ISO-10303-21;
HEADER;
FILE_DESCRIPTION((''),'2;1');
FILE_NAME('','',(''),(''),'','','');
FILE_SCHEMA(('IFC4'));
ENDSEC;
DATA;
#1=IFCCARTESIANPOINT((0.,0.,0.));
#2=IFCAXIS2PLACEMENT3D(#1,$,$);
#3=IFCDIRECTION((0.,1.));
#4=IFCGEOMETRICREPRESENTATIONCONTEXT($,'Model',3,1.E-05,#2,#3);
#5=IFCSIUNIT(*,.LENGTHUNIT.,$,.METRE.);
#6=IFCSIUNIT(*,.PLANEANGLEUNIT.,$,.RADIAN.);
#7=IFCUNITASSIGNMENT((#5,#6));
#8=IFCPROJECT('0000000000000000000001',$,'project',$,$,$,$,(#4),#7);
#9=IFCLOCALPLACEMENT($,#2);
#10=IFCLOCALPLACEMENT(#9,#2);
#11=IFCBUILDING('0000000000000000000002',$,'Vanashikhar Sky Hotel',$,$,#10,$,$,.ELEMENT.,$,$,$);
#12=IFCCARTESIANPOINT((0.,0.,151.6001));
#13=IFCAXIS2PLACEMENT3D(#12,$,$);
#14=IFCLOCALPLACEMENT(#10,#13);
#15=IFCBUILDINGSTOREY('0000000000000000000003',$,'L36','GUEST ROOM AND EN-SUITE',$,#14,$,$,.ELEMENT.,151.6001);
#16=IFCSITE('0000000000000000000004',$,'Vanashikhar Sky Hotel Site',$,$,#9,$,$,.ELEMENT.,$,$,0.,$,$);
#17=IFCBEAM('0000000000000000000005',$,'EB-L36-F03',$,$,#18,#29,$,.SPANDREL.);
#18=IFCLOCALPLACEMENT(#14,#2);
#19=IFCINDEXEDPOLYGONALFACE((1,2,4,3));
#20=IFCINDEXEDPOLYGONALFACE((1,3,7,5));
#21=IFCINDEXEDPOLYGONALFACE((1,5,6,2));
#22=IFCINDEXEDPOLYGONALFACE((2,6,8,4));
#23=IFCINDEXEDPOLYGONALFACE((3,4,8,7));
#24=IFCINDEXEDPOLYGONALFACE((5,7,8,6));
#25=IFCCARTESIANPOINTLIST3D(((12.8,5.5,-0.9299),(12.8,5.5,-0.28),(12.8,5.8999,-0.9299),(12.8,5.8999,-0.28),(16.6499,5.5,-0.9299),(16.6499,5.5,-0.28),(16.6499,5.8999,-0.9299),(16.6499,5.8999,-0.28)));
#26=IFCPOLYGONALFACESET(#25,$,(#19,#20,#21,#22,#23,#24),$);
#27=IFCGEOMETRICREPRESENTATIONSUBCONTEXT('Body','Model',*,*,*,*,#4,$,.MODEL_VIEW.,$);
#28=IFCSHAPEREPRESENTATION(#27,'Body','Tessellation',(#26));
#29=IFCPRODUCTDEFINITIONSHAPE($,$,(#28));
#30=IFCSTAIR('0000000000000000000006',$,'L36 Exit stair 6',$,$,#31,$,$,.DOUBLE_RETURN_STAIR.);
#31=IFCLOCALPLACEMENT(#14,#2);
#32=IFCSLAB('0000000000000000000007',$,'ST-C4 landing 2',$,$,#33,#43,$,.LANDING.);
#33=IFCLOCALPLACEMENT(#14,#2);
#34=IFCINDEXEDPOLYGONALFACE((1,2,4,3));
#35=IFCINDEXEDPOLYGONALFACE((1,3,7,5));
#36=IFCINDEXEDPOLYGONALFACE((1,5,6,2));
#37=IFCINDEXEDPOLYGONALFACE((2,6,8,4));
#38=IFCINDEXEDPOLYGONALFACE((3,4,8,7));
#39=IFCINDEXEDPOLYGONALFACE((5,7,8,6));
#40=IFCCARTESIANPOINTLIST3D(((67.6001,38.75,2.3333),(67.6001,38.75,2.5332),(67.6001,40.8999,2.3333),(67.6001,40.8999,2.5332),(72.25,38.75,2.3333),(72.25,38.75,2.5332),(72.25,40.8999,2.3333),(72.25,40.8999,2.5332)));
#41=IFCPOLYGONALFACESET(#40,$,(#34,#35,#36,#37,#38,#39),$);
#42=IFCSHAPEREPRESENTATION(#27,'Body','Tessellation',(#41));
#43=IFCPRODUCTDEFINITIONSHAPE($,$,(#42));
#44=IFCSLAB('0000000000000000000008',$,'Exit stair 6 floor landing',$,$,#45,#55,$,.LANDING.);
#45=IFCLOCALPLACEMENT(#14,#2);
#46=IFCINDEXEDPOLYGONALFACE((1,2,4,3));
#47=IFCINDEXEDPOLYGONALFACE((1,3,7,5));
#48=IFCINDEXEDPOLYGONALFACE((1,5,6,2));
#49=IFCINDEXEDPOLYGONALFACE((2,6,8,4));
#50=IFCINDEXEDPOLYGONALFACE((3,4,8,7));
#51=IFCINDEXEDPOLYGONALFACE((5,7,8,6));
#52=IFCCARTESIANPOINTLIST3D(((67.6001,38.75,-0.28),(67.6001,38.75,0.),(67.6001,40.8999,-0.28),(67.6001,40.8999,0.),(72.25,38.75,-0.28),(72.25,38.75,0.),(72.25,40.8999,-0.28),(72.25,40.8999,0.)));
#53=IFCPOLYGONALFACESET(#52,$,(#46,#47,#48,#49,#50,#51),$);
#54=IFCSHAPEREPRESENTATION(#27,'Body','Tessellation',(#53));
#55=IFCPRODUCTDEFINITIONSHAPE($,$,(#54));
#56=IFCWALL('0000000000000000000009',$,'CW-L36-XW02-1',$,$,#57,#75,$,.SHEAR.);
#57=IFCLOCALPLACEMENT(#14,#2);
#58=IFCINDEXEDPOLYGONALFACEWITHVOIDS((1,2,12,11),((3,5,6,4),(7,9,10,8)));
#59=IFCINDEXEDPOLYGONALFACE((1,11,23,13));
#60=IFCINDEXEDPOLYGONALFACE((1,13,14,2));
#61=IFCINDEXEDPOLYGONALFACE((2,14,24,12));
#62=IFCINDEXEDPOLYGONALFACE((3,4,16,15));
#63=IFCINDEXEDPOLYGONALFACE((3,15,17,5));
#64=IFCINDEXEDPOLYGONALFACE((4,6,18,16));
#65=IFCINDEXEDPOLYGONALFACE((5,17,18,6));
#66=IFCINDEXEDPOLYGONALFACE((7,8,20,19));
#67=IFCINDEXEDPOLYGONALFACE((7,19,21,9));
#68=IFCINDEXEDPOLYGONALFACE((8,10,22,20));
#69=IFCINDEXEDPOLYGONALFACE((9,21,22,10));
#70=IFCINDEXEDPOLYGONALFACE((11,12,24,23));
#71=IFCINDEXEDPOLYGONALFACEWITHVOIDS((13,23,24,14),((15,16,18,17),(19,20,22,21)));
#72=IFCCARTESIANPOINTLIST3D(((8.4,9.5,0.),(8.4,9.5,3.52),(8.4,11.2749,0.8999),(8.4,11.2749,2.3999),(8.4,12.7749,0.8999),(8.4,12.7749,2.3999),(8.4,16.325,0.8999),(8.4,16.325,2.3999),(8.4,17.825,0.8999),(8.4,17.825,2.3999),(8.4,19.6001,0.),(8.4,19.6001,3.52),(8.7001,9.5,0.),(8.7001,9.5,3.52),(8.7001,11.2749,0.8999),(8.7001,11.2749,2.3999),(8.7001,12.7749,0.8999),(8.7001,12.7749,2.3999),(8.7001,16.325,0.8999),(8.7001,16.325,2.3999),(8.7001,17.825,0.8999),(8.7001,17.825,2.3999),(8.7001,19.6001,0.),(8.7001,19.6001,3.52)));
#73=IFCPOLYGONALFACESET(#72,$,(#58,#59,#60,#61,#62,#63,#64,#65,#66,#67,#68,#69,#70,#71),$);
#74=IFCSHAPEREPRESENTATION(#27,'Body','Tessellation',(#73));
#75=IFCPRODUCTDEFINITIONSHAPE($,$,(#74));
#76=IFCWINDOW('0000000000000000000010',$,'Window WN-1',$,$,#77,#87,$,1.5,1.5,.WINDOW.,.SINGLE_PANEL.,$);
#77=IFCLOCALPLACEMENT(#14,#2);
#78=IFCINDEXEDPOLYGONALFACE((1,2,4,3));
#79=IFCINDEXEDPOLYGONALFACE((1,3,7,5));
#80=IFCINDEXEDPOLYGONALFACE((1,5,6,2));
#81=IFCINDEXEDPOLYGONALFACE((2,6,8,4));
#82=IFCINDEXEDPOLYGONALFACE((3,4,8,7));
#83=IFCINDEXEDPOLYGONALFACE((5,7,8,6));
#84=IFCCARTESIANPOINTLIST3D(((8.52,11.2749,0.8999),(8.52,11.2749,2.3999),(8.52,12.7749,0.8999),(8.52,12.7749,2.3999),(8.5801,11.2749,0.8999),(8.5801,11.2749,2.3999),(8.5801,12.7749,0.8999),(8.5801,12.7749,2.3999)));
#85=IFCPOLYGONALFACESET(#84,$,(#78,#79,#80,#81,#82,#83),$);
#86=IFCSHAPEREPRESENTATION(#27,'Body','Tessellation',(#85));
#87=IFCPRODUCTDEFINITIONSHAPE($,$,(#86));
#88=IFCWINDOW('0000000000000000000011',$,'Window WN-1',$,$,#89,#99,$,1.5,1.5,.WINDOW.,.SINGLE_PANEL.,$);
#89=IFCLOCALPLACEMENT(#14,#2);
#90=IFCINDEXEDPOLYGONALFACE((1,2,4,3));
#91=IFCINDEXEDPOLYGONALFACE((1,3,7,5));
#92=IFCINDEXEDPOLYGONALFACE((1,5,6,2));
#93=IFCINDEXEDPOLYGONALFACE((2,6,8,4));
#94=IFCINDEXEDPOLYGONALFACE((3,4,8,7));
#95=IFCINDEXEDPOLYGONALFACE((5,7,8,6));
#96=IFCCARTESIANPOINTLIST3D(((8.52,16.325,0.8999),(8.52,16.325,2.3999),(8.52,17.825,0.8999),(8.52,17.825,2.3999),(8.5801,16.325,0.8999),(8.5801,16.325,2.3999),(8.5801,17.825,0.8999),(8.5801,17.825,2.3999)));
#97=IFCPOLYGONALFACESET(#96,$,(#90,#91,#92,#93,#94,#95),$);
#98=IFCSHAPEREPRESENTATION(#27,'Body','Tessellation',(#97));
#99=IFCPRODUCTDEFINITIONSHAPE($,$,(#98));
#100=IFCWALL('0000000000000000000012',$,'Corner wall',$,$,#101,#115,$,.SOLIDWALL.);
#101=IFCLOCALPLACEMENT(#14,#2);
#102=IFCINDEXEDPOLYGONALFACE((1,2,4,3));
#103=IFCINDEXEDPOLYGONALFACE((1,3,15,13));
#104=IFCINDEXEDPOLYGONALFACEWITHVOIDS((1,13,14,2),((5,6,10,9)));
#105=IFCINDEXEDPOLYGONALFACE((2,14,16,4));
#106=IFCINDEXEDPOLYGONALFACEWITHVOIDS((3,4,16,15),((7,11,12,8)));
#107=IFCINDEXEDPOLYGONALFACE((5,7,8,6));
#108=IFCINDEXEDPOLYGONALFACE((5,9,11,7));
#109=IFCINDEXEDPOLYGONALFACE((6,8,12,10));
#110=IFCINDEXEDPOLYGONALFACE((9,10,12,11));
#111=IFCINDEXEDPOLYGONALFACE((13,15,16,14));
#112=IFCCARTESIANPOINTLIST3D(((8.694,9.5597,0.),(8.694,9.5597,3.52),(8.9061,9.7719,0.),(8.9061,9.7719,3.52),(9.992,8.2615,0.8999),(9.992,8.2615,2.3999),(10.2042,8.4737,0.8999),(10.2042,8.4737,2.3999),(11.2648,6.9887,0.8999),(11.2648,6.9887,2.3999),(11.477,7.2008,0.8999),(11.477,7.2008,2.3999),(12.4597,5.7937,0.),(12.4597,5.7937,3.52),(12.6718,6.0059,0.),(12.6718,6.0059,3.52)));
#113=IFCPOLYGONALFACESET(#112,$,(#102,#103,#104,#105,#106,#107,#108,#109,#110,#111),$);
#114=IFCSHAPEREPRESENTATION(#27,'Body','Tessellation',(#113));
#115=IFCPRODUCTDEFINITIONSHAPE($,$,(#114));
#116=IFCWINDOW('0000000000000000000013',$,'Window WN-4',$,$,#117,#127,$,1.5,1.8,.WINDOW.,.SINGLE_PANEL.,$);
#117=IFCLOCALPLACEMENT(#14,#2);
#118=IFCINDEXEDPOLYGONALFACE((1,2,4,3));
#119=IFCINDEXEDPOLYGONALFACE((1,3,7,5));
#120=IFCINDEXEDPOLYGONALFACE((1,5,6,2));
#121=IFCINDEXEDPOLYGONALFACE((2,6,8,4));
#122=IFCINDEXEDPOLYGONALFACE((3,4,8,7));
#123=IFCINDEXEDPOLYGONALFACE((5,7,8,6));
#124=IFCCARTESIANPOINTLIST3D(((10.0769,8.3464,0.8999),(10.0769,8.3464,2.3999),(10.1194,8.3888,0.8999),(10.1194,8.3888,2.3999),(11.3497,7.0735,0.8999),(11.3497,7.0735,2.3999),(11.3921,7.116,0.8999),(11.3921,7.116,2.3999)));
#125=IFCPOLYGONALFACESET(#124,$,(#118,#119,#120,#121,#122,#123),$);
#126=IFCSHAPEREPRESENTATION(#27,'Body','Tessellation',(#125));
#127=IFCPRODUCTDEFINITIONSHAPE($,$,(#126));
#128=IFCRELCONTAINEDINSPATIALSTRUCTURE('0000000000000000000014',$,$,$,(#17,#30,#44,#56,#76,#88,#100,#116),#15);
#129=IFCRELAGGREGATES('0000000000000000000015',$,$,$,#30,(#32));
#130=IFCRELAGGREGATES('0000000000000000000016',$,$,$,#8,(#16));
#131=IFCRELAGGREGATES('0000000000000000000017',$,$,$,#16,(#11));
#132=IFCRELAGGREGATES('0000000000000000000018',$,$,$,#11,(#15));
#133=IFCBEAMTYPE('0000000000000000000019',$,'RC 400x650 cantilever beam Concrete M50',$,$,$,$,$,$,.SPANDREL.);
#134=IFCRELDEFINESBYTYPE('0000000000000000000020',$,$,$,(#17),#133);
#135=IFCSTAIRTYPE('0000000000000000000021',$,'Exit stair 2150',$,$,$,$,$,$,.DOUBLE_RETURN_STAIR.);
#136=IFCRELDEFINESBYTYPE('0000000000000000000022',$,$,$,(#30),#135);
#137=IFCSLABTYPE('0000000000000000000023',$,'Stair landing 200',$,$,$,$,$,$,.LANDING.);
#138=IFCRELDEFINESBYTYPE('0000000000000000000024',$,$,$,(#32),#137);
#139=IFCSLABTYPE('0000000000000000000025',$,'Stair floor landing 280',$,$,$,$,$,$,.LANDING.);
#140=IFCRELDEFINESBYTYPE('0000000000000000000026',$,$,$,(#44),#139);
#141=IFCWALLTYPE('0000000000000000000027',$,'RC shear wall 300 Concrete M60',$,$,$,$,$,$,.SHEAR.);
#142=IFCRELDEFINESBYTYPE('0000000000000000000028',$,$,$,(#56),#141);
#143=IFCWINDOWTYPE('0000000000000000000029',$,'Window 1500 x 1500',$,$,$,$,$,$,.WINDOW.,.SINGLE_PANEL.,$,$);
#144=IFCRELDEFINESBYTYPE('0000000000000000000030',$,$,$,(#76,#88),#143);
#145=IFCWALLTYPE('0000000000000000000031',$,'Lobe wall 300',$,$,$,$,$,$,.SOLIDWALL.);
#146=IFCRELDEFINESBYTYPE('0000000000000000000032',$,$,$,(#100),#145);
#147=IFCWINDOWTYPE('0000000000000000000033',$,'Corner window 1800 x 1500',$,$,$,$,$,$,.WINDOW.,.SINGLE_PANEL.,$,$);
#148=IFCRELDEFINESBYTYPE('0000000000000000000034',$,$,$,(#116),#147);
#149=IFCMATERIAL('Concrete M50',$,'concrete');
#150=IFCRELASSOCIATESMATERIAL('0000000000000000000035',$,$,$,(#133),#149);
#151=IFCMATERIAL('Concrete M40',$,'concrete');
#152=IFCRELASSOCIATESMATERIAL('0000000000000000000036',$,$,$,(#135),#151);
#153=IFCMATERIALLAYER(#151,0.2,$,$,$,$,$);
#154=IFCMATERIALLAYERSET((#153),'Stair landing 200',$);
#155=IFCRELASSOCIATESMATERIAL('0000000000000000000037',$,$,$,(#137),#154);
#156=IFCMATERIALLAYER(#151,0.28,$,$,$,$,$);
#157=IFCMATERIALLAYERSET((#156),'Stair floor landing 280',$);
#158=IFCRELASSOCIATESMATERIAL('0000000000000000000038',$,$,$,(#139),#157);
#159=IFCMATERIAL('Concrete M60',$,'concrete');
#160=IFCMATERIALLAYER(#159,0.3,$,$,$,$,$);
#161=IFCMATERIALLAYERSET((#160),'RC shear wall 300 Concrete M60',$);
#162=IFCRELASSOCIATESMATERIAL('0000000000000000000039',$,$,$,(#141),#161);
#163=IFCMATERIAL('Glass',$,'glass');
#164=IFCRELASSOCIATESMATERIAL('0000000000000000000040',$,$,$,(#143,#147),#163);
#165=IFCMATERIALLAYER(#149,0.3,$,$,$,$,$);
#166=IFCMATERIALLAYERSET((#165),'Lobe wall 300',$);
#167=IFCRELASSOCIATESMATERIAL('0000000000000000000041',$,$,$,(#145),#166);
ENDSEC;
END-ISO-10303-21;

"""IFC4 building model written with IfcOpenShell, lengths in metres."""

from ifc_helpers import new_model, si_unit, direction, frame, frame_2d, origin, origin_2d, place, context, subcontext, project, spatial, polyline, rectangle, outline, extrude, source, transform, mapped, material, layer, layer_set, material_profile, profile_set, type_object, element, fill, aggregate, save


model = new_model("IFC4")

# Units and contexts
model_context = context("Model", 3, precision=1e-05, world=origin(), true_north=direction((0.0, 1.0)))
body_context = subcontext(model_context, "Body", "Model", "MODEL_VIEW")
ifc_project = project(units=[si_unit("LENGTHUNIT", "METRE"), si_unit("PLANEANGLEUNIT", "RADIAN")], contexts=[model_context])

# Site, building, storey
site_placement = place(None, origin())
site = spatial("IfcSite", under=ifc_project, at=site_placement, Name="Vanashikhar Sky Hotel Site", CompositionType="ELEMENT", RefElevation=0.0)
building_placement = place(site_placement, origin())
building = spatial("IfcBuilding", under=site, at=building_placement, Name="Vanashikhar Sky Hotel", CompositionType="ELEMENT")
storey_placement = place(building_placement, frame((0.0, 0.0, 151.6001)))
storey = spatial("IfcBuildingStorey", under=building, at=storey_placement, Name="L36", Description="GUEST ROOM AND EN-SUITE", CompositionType="ELEMENT", Elevation=151.6001)

# Beam
ifc_material_1 = material(Name="Concrete M50", Category="concrete")
ifc_material_profile = material_profile(ifc_material_1, rectangle(XDim=0.3999, YDim=0.6499, at=origin_2d()))
ifc_profile_set = profile_set([ifc_material_profile], Name="RC 400x650 cantilever beam Concrete M50")
beam_type = type_object("IfcBeamType", Name="RC 400x650 cantilever beam Concrete M50", PredefinedType="SPANDREL", material=ifc_profile_set)
shared_shape_1 = source(origin(), body_context, "Body", "SweptSolid", [
    extrude(rectangle(XDim=0.3999, YDim=0.6499, at=origin_2d()), origin(), (0.0, 0.0, 1.0), 3.8499),
])
beam_placement = place(storey_placement, frame((12.8, 5.7, -0.605), z_axis=(1.0, 0.0, 0.0), x_axis=(0.0, 1.0, 0.0)))
element("IfcBeam", 1, at=beam_placement, inside=storey, type_object=beam_type, Name="EB-L36-F03", PredefinedType="SPANDREL", context=body_context, shape_type="MappedRepresentation", body=[
    mapped(shared_shape_1, transform((0.0, 0.0, 0.0), scale=1.0)),
])

# Stair, slab
ifc_material_2 = material(Name="Concrete M40", Category="concrete")
stair_type = type_object("IfcStairType", Name="Exit stair 2150", PredefinedType="DOUBLE_RETURN_STAIR", material=ifc_material_2)
stair_placement = place(storey_placement, origin())
stair = element("IfcStair", 2, at=stair_placement, inside=storey, type_object=stair_type, Name="L36 Exit stair 6", PredefinedType="DOUBLE_RETURN_STAIR")
ifc_layer_1 = layer(ifc_material_2, 0.2)
ifc_layer_set_1 = layer_set([ifc_layer_1], Name="Stair landing 200")
slab_type_1 = type_object("IfcSlabType", Name="Stair landing 200", PredefinedType="LANDING", material=ifc_layer_set_1)
shared_shape_2 = source(origin(), body_context, "Body", "SweptSolid", [
    extrude(outline(polyline([(72.25, 38.75), (72.25, 40.8999), (67.6001, 40.8999), (67.6001, 38.75), (72.25, 38.75)])), origin(), (0.0, 0.0, 1.0), 0.2),
])
slab_1_placement = place(storey_placement, frame((0.0, 0.0, 2.3333)))
slab_1 = element("IfcSlab", 3, at=slab_1_placement, type_object=slab_type_1, Name="ST-C4 landing 2", PredefinedType="LANDING", context=body_context, shape_type="MappedRepresentation", body=[
    mapped(shared_shape_2, transform((0.0, 0.0, 0.0), scale=1.0)),
])
aggregate(stair, [slab_1])

# Slab
ifc_layer_2 = layer(ifc_material_2, 0.28)
ifc_layer_set_2 = layer_set([ifc_layer_2], Name="Stair floor landing 280")
slab_type_2 = type_object("IfcSlabType", Name="Stair floor landing 280", PredefinedType="LANDING", material=ifc_layer_set_2)
shared_shape_3 = source(origin(), body_context, "Body", "SweptSolid", [
    extrude(outline(polyline([(72.25, 38.75), (72.25, 40.8999), (67.6001, 40.8999), (67.6001, 38.75), (72.25, 38.75)])), origin(), (0.0, 0.0, 1.0), 0.28),
])
slab_2_placement = place(storey_placement, frame((0.0, 0.0, -0.28)))
element("IfcSlab", 4, at=slab_2_placement, inside=storey, type_object=slab_type_2, Name="Exit stair 6 floor landing", PredefinedType="LANDING", context=body_context, shape_type="MappedRepresentation", body=[
    mapped(shared_shape_3, transform((0.0, 0.0, 0.0), scale=1.0)),
])

# Wall, openings, windows
ifc_material_3 = material(Name="Concrete M60", Category="concrete")
ifc_layer_3 = layer(ifc_material_3, 0.3)
ifc_layer_set_3 = layer_set([ifc_layer_3], Name="RC shear wall 300 Concrete M60")
wall_type_1 = type_object("IfcWallType", Name="RC shear wall 300 Concrete M60", PredefinedType="SHEAR", material=ifc_layer_set_3)
shared_shape_4 = source(origin(), body_context, "Body", "SweptSolid", [
    extrude(rectangle(XDim=10.1001, YDim=0.3, at=frame_2d((5.05, 0.0))), origin(), (0.0, 0.0, 1.0), 3.52),
])
wall_1_placement = place(storey_placement, frame((8.55, 9.5, 0.0), z_axis=(0.0, 0.0, 1.0), x_axis=(0.0, 1.0, 0.0)))
wall_1 = element("IfcWall", 5, at=wall_1_placement, inside=storey, type_object=wall_type_1, Name="CW-L36-XW02-1", PredefinedType="SHEAR", context=body_context, shape_type="MappedRepresentation", body=[
    mapped(shared_shape_4, transform((0.0, 0.0, 0.0), scale=1.0)),
])
shared_shape_5 = source(origin(), body_context, "Body", "SweptSolid", [
    extrude(rectangle(XDim=1.5, YDim=1.5, at=frame_2d((0.75, 0.75))), frame((0.0, 0.1602, 0.0), z_axis=(0.0, -1.0, 0.0), x_axis=(1.0, 0.0, 0.0)), (0.0, 0.0, 1.0), 0.3201),
])
opening_1_placement = place(wall_1_placement, frame((1.7749, 0.0, 0.8999)))
opening_1 = element("IfcOpeningElement", 6, at=opening_1_placement, cuts=wall_1, PredefinedType="OPENING", context=body_context, shape_type="MappedRepresentation", body=[
    mapped(shared_shape_5, transform((0.0, 0.0, 0.0), scale=1.0)),
])
opening_2_placement = place(wall_1_placement, frame((6.825, 0.0, 0.8999)))
opening_2 = element("IfcOpeningElement", 7, at=opening_2_placement, cuts=wall_1, PredefinedType="OPENING", context=body_context, shape_type="MappedRepresentation", body=[
    mapped(shared_shape_5, transform((0.0, 0.0, 0.0), scale=1.0)),
])
ifc_material_4 = material(Name="Glass", Category="glass")
window_type_1 = type_object("IfcWindowType", Name="Window 1500 x 1500", PartitioningType="SINGLE_PANEL", PredefinedType="WINDOW", material=ifc_material_4)
shared_shape_6 = source(origin(), body_context, "Body", "SweptSolid", [
    extrude(rectangle(XDim=1.5, YDim=1.5, at=frame_2d((0.75, 0.75))), frame((0.0, 0.03, 0.0), z_axis=(0.0, -1.0, 0.0), x_axis=(1.0, 0.0, 0.0)), (0.0, 0.0, 1.0), 0.0601),
])
window_1_placement = place(opening_1_placement, origin())
window_1 = element("IfcWindow", 8, at=window_1_placement, inside=storey, type_object=window_type_1, Name="Window WN-1", OverallHeight=1.5, OverallWidth=1.5, PartitioningType="SINGLE_PANEL", PredefinedType="WINDOW", context=body_context, shape_type="MappedRepresentation", body=[
    mapped(shared_shape_6, transform((0.0, 0.0, 0.0), scale=1.0)),
])
fill(opening_1, window_1)
window_2_placement = place(opening_2_placement, origin())
window_2 = element("IfcWindow", 9, at=window_2_placement, inside=storey, type_object=window_type_1, Name="Window WN-1", OverallHeight=1.5, OverallWidth=1.5, PartitioningType="SINGLE_PANEL", PredefinedType="WINDOW", context=body_context, shape_type="MappedRepresentation", body=[
    mapped(shared_shape_6, transform((0.0, 0.0, 0.0), scale=1.0)),
])
fill(opening_2, window_2)

# Wall, opening, window
ifc_layer_4 = layer(ifc_material_1, 0.3)
ifc_layer_set_4 = layer_set([ifc_layer_4], Name="Lobe wall 300")
wall_type_2 = type_object("IfcWallType", Name="Lobe wall 300", PredefinedType="SOLIDWALL", material=ifc_layer_set_4)
shared_shape_7 = source(origin(), body_context, "Body", "SweptSolid", [
    extrude(rectangle(XDim=5.3257, YDim=0.3, at=frame_2d((2.6628, 0.0))), origin(), (0.0, 0.0, 1.0), 3.52),
])
wall_2_placement = place(storey_placement, frame((8.8, 9.6658, 0.0), z_axis=(0.0, 0.0, 1.0), x_axis=(0.707084, -0.70713, 0.0)))
wall_2 = element("IfcWall", 10, at=wall_2_placement, inside=storey, type_object=wall_type_2, Name="Corner wall", PredefinedType="SOLIDWALL", context=body_context, shape_type="MappedRepresentation", body=[
    mapped(shared_shape_7, transform((0.0, 0.0, 0.0), scale=1.0)),
])
shared_shape_8 = source(origin(), body_context, "Body", "SweptSolid", [
    extrude(rectangle(XDim=1.8, YDim=1.5, at=frame_2d((0.8999, 0.75))), frame((0.0, 0.1602, 0.0), z_axis=(0.0, -1.0, 0.0), x_axis=(1.0, 0.0, 0.0)), (0.0, 0.0, 1.0), 0.3201),
])
opening_3_placement = place(wall_2_placement, frame((1.8359, 0.0, 0.8999)))
opening_3 = element("IfcOpeningElement", 11, at=opening_3_placement, cuts=wall_2, PredefinedType="OPENING", context=body_context, shape_type="MappedRepresentation", body=[
    mapped(shared_shape_8, transform((0.0, 0.0, 0.0), scale=1.0)),
])
window_type_2 = type_object("IfcWindowType", Name="Corner window 1800 x 1500", PartitioningType="SINGLE_PANEL", PredefinedType="WINDOW", material=ifc_material_4)
shared_shape_9 = source(origin(), body_context, "Body", "SweptSolid", [
    extrude(rectangle(XDim=1.8, YDim=1.5, at=frame_2d((0.8999, 0.75))), frame((0.0, 0.03, 0.0), z_axis=(0.0, -1.0, 0.0), x_axis=(1.0, 0.0, 0.0)), (0.0, 0.0, 1.0), 0.0601),
])
window_3_placement = place(opening_3_placement, origin())
window_3 = element("IfcWindow", 12, at=window_3_placement, inside=storey, type_object=window_type_2, Name="Window WN-4", OverallHeight=1.5, OverallWidth=1.8, PartitioningType="SINGLE_PANEL", PredefinedType="WINDOW", context=body_context, shape_type="MappedRepresentation", body=[
    mapped(shared_shape_9, transform((0.0, 0.0, 0.0), scale=1.0)),
])
fill(opening_3, window_3)

save(model, "model.ifc")
